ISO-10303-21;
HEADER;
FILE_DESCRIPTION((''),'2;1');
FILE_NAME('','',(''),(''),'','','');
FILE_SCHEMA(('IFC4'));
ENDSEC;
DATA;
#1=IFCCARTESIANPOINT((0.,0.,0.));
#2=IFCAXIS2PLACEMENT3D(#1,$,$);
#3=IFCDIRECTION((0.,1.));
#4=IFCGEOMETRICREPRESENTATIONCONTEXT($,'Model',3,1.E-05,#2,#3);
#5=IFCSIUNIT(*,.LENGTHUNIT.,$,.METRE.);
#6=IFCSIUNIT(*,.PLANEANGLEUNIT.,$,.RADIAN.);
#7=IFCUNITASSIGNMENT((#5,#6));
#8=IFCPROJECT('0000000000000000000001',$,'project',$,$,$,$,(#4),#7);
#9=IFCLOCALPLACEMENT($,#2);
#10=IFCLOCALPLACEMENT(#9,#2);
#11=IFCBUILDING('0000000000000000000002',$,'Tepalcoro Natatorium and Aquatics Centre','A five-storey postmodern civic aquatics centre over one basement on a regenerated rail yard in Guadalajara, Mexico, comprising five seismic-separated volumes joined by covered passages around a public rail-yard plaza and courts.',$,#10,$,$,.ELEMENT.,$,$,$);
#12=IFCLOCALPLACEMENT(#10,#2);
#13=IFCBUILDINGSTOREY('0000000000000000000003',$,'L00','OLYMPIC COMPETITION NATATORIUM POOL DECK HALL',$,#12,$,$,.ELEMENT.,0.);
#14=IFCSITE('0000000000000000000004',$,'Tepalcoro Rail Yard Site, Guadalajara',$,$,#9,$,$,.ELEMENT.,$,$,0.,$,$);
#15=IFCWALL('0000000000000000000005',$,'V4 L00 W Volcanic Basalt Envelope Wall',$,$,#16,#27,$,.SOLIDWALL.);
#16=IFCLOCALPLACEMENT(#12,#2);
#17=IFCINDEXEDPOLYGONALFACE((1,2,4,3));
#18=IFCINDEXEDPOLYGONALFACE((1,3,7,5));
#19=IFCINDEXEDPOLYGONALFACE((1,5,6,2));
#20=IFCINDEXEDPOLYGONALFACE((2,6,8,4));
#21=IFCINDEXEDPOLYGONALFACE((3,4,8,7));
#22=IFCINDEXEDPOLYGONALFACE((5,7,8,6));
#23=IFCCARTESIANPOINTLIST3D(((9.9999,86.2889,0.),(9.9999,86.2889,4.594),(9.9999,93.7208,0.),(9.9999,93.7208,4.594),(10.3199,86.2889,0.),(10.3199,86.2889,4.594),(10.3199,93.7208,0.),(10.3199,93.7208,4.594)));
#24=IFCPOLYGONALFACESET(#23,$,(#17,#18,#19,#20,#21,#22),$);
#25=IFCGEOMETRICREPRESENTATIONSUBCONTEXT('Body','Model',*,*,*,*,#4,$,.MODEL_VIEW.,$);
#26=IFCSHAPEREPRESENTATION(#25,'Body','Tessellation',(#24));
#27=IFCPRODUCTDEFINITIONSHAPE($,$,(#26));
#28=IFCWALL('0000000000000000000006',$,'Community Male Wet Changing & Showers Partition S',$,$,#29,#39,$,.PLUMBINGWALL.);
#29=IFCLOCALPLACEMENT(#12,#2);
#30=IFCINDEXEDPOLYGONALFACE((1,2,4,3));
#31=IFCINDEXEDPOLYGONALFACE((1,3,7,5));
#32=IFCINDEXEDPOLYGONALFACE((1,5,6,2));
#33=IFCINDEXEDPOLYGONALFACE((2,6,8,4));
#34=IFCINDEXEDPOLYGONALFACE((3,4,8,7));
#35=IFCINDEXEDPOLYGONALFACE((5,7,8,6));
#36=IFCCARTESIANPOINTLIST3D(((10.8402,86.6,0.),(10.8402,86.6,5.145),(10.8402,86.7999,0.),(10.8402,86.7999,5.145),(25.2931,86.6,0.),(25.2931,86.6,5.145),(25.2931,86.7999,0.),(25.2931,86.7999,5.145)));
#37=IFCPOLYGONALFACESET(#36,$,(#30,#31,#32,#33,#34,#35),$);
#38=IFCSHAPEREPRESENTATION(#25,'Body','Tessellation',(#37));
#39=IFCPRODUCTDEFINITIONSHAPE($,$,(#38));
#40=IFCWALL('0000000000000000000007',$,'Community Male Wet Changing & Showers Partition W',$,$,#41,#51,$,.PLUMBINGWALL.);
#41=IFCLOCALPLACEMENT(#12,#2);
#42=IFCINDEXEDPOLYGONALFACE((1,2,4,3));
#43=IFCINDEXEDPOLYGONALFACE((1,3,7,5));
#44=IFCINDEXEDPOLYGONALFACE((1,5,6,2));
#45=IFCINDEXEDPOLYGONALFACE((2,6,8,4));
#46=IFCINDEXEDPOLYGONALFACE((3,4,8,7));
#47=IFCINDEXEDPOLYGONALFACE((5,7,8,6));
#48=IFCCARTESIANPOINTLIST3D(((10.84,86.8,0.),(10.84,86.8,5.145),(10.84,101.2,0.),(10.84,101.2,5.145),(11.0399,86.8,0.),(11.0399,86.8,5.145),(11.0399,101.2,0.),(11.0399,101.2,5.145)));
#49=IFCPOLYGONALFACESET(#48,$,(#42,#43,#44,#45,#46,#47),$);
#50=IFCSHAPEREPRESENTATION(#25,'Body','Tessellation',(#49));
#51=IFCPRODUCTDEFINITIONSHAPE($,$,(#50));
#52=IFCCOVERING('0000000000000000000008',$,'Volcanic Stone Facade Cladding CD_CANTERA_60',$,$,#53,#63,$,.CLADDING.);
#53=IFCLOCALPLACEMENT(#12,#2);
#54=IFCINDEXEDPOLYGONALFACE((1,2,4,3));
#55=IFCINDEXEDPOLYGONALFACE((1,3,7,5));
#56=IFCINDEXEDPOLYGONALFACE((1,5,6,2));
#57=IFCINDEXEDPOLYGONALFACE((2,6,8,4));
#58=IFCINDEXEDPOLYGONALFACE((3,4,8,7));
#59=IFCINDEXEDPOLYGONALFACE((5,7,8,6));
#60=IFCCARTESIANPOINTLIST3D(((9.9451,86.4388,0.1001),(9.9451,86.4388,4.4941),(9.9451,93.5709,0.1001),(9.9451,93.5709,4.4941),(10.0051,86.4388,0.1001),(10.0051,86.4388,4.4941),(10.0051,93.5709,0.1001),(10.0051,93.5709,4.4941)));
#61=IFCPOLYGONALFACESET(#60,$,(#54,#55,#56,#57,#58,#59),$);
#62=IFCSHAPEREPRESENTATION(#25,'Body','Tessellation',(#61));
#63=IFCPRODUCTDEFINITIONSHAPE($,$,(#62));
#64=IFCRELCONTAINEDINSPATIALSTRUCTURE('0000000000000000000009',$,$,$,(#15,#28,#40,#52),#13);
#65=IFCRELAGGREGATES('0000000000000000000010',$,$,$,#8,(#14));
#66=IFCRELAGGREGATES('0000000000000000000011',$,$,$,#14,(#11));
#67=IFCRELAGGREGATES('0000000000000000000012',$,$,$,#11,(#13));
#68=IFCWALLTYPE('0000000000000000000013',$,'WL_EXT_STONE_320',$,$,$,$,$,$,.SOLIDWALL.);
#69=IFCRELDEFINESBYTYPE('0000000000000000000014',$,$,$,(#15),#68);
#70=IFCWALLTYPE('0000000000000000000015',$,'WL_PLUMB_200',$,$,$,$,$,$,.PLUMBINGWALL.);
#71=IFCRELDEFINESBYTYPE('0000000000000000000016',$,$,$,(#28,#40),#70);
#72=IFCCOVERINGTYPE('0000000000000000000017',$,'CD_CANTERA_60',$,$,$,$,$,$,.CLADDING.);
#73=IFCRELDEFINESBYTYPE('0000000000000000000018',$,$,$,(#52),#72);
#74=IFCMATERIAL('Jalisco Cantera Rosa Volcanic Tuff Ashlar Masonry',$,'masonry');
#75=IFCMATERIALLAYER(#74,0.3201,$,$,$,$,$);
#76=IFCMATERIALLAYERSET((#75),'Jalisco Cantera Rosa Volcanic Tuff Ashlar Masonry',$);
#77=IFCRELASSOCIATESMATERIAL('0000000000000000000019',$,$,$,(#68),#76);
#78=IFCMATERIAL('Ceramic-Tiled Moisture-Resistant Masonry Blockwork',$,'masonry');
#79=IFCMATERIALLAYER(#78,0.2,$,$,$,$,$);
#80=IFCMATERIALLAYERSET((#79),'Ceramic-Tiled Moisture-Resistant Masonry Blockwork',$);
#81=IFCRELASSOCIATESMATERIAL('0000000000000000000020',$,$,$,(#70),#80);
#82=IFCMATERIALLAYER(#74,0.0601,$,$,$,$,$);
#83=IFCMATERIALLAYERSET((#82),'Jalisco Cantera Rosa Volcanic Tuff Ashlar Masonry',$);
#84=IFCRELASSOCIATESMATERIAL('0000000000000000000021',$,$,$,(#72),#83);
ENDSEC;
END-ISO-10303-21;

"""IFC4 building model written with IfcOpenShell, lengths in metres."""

from ifc_helpers import new_model, si_unit, direction, frame, frame_2d, origin, origin_2d, place, context, subcontext, project, spatial, rectangle, extrude, material, layer, layer_set, type_object, element, save


model = new_model("IFC4")

# Units and contexts
model_context = context("Model", 3, precision=1e-05, world=origin(), true_north=direction((0.0, 1.0)))
body_context = subcontext(model_context, "Body", "Model", "MODEL_VIEW")
ifc_project = project(units=[si_unit("LENGTHUNIT", "METRE"), si_unit("PLANEANGLEUNIT", "RADIAN")], contexts=[model_context])

# Site, building, storey
site_placement = place(None, origin())
site = spatial("IfcSite", under=ifc_project, at=site_placement, Name="Tepalcoro Rail Yard Site, Guadalajara", CompositionType="ELEMENT", RefElevation=0.0)
building_placement = place(site_placement, origin())
building = spatial("IfcBuilding", under=site, at=building_placement, Name="Tepalcoro Natatorium and Aquatics Centre", Description="A five-storey postmodern civic aquatics centre over one basement on a regenerated rail yard in Guadalajara, Mexico, comprising five seismic-separated volumes joined by covered passages around a public rail-yard plaza and courts.", CompositionType="ELEMENT")
storey_placement = place(building_placement, origin())
storey = spatial("IfcBuildingStorey", under=building, at=storey_placement, Name="L00", Description="OLYMPIC COMPETITION NATATORIUM POOL DECK HALL", CompositionType="ELEMENT", Elevation=0.0)

# Walls
ifc_material_1 = material(Name="Jalisco Cantera Rosa Volcanic Tuff Ashlar Masonry", Category="masonry")
ifc_layer_1 = layer(ifc_material_1, 0.3201)
ifc_layer_set_1 = layer_set([ifc_layer_1], Name="Jalisco Cantera Rosa Volcanic Tuff Ashlar Masonry")
wall_type_1 = type_object("IfcWallType", Name="WL_EXT_STONE_320", PredefinedType="SOLIDWALL", material=ifc_layer_set_1)
wall_1_placement = place(storey_placement, frame((10.1599, 86.2891, 0.0), z_axis=(0.0, 0.0, 1.0), x_axis=(0.0, 1.0, 0.0)))
element("IfcWall", 1, at=wall_1_placement, inside=storey, type_object=wall_type_1, Name="V4 L00 W Volcanic Basalt Envelope Wall", PredefinedType="SOLIDWALL", context=body_context, shape_type="SweptSolid", body=[
    extrude(rectangle(XDim=7.4319, YDim=0.3201, at=frame_2d((3.7158, 0.0))), origin(), (0.0, 0.0, 1.0), 4.594),
])
ifc_material_2 = material(Name="Ceramic-Tiled Moisture-Resistant Masonry Blockwork", Category="masonry")
ifc_layer_2 = layer(ifc_material_2, 0.2)
ifc_layer_set_2 = layer_set([ifc_layer_2], Name="Ceramic-Tiled Moisture-Resistant Masonry Blockwork")
wall_type_2 = type_object("IfcWallType", Name="WL_PLUMB_200", PredefinedType="PLUMBINGWALL", material=ifc_layer_set_2)
wall_2_placement = place(storey_placement, frame((10.8401, 86.7, 0.0), z_axis=(0.0, 0.0, 1.0), x_axis=(1.0, 0.0, 0.0)))
element("IfcWall", 2, at=wall_2_placement, inside=storey, type_object=wall_type_2, Name="Community Male Wet Changing & Showers Partition S", PredefinedType="PLUMBINGWALL", context=body_context, shape_type="SweptSolid", body=[
    extrude(rectangle(XDim=14.4529, YDim=0.2, at=frame_2d((7.2266, 0.0))), origin(), (0.0, 0.0, 1.0), 5.145),
])
wall_3_placement = place(storey_placement, frame((10.9399, 86.8, 0.0), z_axis=(0.0, 0.0, 1.0), x_axis=(0.0, 1.0, 0.0)))
element("IfcWall", 3, at=wall_3_placement, inside=storey, type_object=wall_type_2, Name="Community Male Wet Changing & Showers Partition W", PredefinedType="PLUMBINGWALL", context=body_context, shape_type="SweptSolid", body=[
    extrude(rectangle(XDim=14.3999, YDim=0.2, at=frame_2d((7.2, 0.0))), origin(), (0.0, 0.0, 1.0), 5.145),
])

# Covering
ifc_layer_3 = layer(ifc_material_1, 0.0601)
ifc_layer_set_3 = layer_set([ifc_layer_3], Name="Jalisco Cantera Rosa Volcanic Tuff Ashlar Masonry")
covering_type = type_object("IfcCoveringType", Name="CD_CANTERA_60", PredefinedType="CLADDING", material=ifc_layer_set_3)
covering_placement = place(storey_placement, frame((9.9751, 90.0049, 0.1001), z_axis=(0.0, 0.0, 1.0), x_axis=(1.0, 0.0, 0.0)))
element("IfcCovering", 4, at=covering_placement, inside=storey, type_object=covering_type, Name="Volcanic Stone Facade Cladding CD_CANTERA_60", PredefinedType="CLADDING", context=body_context, shape_type="SweptSolid", body=[
    extrude(rectangle(XDim=0.0601, YDim=7.1321, at=origin_2d()), origin(), (0.0, 0.0, 1.0), 4.394),
])

save(model, "model.ifc")
